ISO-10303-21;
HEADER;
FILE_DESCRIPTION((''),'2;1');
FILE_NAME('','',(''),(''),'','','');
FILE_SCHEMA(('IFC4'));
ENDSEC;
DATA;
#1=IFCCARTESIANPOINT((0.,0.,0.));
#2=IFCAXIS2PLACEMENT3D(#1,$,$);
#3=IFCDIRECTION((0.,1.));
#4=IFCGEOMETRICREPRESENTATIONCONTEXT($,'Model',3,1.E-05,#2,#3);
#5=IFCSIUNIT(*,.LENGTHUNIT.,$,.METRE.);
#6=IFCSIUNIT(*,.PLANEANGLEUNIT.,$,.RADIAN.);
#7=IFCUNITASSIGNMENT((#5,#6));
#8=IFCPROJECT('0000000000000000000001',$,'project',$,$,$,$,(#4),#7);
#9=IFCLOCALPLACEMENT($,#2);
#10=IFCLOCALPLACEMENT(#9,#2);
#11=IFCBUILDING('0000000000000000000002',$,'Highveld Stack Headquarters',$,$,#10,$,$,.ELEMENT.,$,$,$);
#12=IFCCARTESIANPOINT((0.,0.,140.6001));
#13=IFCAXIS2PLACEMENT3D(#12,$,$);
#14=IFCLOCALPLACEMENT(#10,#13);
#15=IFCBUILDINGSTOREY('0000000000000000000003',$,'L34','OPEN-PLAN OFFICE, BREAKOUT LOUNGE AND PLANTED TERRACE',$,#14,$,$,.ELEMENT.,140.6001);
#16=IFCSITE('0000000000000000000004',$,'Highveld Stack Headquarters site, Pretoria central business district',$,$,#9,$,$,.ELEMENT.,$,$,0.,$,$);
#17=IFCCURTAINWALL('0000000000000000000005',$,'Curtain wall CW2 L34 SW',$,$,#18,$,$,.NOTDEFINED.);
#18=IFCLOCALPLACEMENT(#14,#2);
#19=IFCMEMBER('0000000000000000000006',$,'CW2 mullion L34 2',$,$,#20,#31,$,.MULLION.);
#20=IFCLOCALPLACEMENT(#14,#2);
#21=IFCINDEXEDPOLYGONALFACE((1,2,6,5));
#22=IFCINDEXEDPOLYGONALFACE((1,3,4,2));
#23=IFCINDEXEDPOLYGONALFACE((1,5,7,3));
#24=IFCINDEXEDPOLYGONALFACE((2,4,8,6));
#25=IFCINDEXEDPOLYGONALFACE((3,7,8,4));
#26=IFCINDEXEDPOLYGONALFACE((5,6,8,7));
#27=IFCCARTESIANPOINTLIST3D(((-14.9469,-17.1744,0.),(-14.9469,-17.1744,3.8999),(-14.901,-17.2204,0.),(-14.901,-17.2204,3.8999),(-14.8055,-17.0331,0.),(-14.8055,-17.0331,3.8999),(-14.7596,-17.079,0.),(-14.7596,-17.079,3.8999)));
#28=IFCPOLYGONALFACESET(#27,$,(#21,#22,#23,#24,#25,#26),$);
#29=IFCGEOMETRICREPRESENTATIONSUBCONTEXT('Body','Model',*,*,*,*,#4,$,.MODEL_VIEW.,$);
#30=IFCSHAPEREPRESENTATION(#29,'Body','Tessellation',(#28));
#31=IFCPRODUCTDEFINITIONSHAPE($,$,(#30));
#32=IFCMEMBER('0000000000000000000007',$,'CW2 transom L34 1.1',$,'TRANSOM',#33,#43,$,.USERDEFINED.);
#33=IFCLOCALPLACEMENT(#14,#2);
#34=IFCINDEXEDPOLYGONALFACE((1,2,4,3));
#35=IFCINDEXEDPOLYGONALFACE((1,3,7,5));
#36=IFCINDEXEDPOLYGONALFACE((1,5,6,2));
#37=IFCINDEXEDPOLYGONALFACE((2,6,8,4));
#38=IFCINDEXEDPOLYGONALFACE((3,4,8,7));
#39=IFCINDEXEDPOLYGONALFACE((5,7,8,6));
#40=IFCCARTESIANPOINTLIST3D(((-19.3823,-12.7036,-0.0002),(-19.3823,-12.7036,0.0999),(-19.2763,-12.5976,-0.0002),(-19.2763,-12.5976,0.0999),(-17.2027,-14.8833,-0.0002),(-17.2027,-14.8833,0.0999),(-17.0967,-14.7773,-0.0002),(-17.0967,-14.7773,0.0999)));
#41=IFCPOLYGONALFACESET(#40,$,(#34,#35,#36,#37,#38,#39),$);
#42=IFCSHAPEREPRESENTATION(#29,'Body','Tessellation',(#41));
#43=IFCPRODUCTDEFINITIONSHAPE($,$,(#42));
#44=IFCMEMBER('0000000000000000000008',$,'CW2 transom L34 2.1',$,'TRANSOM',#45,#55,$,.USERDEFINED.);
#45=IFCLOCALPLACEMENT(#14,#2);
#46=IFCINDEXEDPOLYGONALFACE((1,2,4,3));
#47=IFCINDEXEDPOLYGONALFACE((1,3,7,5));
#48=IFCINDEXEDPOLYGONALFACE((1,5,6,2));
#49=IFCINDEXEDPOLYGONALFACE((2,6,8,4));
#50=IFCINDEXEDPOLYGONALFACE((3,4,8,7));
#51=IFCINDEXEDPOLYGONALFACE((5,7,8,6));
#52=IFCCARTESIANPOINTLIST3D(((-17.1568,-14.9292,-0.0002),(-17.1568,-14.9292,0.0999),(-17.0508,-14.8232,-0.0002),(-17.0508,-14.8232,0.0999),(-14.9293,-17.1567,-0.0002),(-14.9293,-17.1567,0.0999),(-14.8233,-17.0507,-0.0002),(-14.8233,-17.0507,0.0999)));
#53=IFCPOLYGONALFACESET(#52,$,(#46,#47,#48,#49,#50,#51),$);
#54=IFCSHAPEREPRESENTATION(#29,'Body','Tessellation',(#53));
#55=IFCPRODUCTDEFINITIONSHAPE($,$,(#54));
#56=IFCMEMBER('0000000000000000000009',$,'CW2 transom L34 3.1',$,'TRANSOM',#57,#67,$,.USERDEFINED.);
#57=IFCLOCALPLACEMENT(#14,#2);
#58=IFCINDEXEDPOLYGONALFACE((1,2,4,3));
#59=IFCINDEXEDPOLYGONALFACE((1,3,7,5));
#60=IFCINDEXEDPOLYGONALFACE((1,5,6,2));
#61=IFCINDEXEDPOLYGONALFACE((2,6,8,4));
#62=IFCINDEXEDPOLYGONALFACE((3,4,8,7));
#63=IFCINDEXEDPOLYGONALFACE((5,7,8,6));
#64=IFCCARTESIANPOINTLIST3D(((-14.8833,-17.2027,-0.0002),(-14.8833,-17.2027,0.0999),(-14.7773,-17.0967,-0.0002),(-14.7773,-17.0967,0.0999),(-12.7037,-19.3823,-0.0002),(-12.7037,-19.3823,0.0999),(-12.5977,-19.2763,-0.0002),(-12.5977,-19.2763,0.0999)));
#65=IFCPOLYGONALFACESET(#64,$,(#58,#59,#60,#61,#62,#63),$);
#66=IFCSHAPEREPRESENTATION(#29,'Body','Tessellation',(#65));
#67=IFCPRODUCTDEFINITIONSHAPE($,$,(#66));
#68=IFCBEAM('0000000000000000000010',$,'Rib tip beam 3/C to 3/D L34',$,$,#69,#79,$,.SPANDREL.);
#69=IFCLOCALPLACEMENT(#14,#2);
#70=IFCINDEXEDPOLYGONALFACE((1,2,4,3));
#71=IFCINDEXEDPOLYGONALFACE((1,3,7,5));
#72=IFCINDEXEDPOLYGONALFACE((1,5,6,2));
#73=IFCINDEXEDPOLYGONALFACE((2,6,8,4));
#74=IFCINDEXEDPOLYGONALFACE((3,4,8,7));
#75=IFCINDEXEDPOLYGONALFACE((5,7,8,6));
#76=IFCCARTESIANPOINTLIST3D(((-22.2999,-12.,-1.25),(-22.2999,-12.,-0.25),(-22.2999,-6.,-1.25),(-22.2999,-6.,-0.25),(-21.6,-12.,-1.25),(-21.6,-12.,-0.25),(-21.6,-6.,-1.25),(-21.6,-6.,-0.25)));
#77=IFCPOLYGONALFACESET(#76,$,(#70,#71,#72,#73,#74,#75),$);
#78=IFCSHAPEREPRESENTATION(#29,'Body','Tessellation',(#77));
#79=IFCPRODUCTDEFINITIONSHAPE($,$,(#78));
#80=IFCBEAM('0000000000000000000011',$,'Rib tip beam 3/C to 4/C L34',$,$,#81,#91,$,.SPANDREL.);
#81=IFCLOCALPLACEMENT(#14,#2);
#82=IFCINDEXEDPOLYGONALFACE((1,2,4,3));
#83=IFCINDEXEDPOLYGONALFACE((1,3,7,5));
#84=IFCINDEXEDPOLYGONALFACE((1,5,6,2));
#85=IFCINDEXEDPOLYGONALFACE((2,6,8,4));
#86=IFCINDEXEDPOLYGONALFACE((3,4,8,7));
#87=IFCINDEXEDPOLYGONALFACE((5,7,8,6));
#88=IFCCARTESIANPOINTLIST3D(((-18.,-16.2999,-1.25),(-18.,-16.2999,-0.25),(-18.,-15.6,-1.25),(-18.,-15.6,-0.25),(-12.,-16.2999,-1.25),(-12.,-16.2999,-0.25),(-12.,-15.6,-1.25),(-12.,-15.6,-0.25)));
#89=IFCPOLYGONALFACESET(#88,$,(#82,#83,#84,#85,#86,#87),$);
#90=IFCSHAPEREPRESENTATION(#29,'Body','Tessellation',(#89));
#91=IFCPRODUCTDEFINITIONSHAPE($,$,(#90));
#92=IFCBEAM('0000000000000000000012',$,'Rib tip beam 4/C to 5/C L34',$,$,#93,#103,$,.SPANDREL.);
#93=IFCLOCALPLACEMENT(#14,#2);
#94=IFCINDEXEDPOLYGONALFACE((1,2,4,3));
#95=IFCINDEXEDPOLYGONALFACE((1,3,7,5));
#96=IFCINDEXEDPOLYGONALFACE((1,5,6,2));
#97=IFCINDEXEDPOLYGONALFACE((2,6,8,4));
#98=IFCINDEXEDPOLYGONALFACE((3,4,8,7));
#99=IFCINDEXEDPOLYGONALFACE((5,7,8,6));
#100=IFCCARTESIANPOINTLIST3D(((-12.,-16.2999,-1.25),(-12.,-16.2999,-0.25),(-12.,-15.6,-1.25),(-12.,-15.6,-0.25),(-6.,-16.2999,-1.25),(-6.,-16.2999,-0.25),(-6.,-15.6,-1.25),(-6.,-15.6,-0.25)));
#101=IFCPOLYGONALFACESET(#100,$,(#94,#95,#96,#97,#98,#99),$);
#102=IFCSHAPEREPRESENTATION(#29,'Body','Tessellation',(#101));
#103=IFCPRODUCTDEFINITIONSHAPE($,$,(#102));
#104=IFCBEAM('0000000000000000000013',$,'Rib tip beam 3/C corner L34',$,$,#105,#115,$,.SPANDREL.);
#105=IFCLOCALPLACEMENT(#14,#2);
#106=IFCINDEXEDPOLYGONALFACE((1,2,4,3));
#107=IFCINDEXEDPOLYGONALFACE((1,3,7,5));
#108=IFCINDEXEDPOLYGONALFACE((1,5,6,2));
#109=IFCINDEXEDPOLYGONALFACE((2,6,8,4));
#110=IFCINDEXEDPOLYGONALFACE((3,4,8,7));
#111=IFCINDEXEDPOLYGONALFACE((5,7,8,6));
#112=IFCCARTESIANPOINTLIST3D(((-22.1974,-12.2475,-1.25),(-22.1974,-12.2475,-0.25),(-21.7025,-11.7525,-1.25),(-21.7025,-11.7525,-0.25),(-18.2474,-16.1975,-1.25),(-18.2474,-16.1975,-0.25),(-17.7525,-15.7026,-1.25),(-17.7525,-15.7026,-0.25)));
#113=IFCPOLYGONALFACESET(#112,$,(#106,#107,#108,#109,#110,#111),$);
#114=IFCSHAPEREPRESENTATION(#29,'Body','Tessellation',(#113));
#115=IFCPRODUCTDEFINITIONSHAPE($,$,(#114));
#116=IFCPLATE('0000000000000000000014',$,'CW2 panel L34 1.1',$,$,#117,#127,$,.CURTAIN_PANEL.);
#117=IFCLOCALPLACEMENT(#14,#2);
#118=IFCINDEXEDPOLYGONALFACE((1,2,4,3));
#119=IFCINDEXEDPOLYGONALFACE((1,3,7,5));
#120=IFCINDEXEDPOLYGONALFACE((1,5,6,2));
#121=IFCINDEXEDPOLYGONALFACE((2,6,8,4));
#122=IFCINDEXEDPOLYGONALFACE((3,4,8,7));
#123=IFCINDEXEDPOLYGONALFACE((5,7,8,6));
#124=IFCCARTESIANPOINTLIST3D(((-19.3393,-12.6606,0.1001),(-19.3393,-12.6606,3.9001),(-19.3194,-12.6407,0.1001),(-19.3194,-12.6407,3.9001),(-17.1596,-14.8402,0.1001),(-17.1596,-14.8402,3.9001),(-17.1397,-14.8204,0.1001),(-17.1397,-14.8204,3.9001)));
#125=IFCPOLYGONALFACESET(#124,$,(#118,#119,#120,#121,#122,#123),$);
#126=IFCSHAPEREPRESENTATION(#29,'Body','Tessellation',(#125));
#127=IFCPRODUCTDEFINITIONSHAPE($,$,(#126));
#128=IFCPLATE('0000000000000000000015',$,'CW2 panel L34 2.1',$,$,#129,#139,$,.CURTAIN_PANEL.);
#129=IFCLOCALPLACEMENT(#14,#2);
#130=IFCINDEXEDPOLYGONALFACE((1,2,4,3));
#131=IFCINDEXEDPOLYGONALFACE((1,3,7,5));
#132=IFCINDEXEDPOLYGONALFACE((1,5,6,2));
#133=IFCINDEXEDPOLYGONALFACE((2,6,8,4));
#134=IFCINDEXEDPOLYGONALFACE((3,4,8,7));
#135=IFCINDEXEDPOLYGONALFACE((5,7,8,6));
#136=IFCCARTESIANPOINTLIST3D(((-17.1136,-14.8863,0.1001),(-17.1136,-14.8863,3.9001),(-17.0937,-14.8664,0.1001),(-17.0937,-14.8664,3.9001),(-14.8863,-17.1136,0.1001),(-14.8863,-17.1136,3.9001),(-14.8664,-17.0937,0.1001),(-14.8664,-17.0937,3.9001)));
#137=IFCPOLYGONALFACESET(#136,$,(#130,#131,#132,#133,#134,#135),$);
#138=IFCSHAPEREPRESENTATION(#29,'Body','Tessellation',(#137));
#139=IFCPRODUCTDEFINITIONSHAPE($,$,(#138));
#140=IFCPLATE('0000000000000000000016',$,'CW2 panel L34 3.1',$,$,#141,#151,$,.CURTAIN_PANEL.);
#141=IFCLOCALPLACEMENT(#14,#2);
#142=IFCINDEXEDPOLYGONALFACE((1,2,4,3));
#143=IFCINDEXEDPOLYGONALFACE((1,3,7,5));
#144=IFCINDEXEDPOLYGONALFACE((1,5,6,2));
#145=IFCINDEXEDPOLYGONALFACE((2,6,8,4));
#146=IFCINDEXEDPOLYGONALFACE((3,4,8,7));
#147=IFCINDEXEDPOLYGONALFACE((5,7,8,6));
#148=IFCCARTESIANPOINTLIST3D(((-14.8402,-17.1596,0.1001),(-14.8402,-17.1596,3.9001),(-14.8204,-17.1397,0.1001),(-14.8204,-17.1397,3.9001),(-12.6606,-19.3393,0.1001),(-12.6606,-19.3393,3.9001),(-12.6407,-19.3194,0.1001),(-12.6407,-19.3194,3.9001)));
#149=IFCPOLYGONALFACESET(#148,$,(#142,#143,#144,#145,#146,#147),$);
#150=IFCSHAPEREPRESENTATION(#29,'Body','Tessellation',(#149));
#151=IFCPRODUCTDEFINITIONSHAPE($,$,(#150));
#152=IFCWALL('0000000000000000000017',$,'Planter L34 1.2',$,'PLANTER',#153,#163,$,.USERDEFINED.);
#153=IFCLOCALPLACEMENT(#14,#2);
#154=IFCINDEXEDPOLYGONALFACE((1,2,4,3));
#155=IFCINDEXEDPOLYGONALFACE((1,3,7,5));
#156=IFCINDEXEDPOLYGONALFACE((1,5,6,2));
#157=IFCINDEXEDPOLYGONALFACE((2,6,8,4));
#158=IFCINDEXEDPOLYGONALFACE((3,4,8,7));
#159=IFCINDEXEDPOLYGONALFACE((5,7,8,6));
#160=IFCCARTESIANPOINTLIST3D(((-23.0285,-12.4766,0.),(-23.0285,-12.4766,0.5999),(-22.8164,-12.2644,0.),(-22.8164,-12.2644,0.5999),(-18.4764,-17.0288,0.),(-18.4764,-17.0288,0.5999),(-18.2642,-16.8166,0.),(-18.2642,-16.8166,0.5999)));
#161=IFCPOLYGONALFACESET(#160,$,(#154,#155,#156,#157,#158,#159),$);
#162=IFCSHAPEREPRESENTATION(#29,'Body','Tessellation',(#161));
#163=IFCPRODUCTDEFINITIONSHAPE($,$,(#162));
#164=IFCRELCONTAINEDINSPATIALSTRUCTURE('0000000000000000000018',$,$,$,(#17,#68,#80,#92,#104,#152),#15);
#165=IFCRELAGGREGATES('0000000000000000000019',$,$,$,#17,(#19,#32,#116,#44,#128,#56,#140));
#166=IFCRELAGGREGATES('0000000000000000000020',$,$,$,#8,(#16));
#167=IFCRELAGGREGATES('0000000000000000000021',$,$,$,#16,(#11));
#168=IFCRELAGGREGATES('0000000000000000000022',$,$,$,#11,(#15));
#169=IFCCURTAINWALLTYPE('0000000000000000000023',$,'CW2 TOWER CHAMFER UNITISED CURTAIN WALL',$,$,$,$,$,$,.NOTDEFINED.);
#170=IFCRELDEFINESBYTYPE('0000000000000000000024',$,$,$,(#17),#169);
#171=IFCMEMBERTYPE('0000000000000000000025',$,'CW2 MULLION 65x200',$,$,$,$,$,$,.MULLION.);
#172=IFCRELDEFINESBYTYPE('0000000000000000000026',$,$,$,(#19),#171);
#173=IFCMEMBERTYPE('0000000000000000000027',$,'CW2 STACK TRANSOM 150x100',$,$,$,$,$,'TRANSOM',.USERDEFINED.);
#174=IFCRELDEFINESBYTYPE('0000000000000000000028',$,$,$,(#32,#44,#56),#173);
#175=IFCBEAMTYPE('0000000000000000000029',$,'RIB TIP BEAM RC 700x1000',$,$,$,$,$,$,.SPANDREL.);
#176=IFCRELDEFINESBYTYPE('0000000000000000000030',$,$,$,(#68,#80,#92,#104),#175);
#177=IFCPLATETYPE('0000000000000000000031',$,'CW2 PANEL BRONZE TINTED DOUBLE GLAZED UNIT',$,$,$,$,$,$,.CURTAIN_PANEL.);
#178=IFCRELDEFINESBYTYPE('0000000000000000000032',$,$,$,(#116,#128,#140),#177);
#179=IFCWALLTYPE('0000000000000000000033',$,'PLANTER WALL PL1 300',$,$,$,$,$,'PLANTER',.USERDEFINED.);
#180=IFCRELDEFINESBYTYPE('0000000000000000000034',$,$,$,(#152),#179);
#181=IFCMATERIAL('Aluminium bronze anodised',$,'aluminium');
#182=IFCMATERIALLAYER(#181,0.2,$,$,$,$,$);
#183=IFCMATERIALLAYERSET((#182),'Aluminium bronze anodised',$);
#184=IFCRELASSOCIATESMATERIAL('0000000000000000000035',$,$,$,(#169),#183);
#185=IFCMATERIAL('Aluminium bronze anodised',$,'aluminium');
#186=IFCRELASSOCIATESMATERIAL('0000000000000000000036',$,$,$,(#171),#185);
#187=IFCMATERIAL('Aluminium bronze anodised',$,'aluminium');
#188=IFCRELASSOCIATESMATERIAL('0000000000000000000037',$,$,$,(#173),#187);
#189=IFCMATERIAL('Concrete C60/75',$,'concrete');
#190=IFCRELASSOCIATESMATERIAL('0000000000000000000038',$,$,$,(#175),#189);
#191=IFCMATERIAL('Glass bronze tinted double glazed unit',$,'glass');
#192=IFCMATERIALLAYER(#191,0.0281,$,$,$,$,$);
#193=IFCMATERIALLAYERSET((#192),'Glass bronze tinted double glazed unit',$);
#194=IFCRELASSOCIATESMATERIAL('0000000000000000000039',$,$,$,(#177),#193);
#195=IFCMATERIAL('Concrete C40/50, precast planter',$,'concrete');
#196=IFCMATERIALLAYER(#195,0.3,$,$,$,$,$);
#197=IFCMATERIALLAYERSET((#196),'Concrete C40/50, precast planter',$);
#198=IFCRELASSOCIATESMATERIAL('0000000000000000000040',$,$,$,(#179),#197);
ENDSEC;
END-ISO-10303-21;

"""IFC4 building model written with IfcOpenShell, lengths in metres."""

from ifc_helpers import new_model, si_unit, direction, frame, frame_2d, origin, origin_2d, place, context, subcontext, project, spatial, rectangle, extrude, material, layer, layer_set, material_profile, profile_set, type_object, element, aggregate, save


model = new_model("IFC4")

# Units and contexts
model_context = context("Model", 3, precision=1e-05, world=origin(), true_north=direction((0.0, 1.0)))
body_context = subcontext(model_context, "Body", "Model", "MODEL_VIEW")
ifc_project = project(units=[si_unit("LENGTHUNIT", "METRE"), si_unit("PLANEANGLEUNIT", "RADIAN")], contexts=[model_context])

# Site, building, storey
site_placement = place(None, origin())
site = spatial("IfcSite", under=ifc_project, at=site_placement, Name="Highveld Stack Headquarters site, Pretoria central business district", CompositionType="ELEMENT", RefElevation=0.0)
building_placement = place(site_placement, origin())
building = spatial("IfcBuilding", under=site, at=building_placement, Name="Highveld Stack Headquarters", CompositionType="ELEMENT")
storey_placement = place(building_placement, frame((0.0, 0.0, 140.6001)))
storey = spatial("IfcBuildingStorey", under=building, at=storey_placement, Name="L34", Description="OPEN-PLAN OFFICE, BREAKOUT LOUNGE AND PLANTED TERRACE", CompositionType="ELEMENT", Elevation=140.6001)

# Curtain wall, members
ifc_material_1 = material(Name="Aluminium bronze anodised", Category="aluminium")
ifc_layer_1 = layer(ifc_material_1, 0.2)
ifc_layer_set_1 = layer_set([ifc_layer_1], Name="Aluminium bronze anodised")
curtain_wall_type_1 = type_object("IfcCurtainWallType", Name="CW2 TOWER CHAMFER UNITISED CURTAIN WALL", PredefinedType="NOTDEFINED", material=ifc_layer_set_1)
curtain_wall_1_placement = place(storey_placement, origin())
curtain_wall_1 = element("IfcCurtainWall", 1, at=curtain_wall_1_placement, inside=storey, type_object=curtain_wall_type_1, Name="Curtain wall CW2 L34 SW", PredefinedType="NOTDEFINED")
ifc_material_2 = material(Name="Aluminium bronze anodised", Category="aluminium")
ifc_material_profile_1 = material_profile(ifc_material_2, rectangle(XDim=0.2, YDim=0.0649, at=origin_2d()), Name="CW2 MULLION 65x200")
ifc_profile_set_1 = profile_set([ifc_material_profile_1], Name="Aluminium bronze anodised")
member_type_1 = type_object("IfcMemberType", Name="CW2 MULLION 65x200", PredefinedType="MULLION", material=ifc_profile_set_1)
member_1_placement = place(storey_placement, frame((-14.8533, -17.1267, 0.0), z_axis=(0.0, 0.0, 1.0), x_axis=(0.707107, 0.707107, 0.0)))
member_1 = element("IfcMember", 2, at=member_1_placement, type_object=member_type_1, Name="CW2 mullion L34 2", PredefinedType="MULLION", context=body_context, shape_type="SweptSolid", body=[
    extrude(rectangle(XDim=0.2, YDim=0.0649, at=origin_2d()), origin(), (0.0, 0.0, 1.0), 3.8999),
])
ifc_material_3 = material(Name="Aluminium bronze anodised", Category="aluminium")
ifc_material_profile_2 = material_profile(ifc_material_3, rectangle(XDim=0.1499, YDim=0.1001, at=origin_2d()), Name="CW2 TRANSOM 150x100")
ifc_profile_set_2 = profile_set([ifc_material_profile_2], Name="Aluminium bronze anodised")
member_type_2 = type_object("IfcMemberType", Name="CW2 STACK TRANSOM 150x100", ElementType="TRANSOM", PredefinedType="USERDEFINED", material=ifc_profile_set_2)
member_2_placement = place(storey_placement, frame((-19.3293, -12.6506, 0.0498), z_axis=(0.707107, -0.707107, 0.0), x_axis=(0.707107, 0.707107, 0.0)))
member_2 = element("IfcMember", 3, at=member_2_placement, type_object=member_type_2, Name="CW2 transom L34 1.1", ObjectType="TRANSOM", PredefinedType="USERDEFINED", context=body_context, shape_type="SweptSolid", body=[
    extrude(rectangle(XDim=0.1499, YDim=0.1001, at=origin_2d()), origin(), (0.0, 0.0, 1.0), 3.0825),
])
member_3_placement = place(storey_placement, frame((-17.1038, -14.8762, 0.0498), z_axis=(0.707107, -0.707107, 0.0), x_axis=(0.707107, 0.707107, 0.0)))
member_3 = element("IfcMember", 4, at=member_3_placement, type_object=member_type_2, Name="CW2 transom L34 2.1", ObjectType="TRANSOM", PredefinedType="USERDEFINED", context=body_context, shape_type="SweptSolid", body=[
    extrude(rectangle(XDim=0.1499, YDim=0.1001, at=origin_2d()), origin(), (0.0, 0.0, 1.0), 3.1501),
])
member_4_placement = place(storey_placement, frame((-14.8303, -17.1497, 0.0498), z_axis=(0.707107, -0.707107, 0.0), x_axis=(0.707107, 0.707107, 0.0)))
member_4 = element("IfcMember", 5, at=member_4_placement, type_object=member_type_2, Name="CW2 transom L34 3.1", ObjectType="TRANSOM", PredefinedType="USERDEFINED", context=body_context, shape_type="SweptSolid", body=[
    extrude(rectangle(XDim=0.1499, YDim=0.1001, at=origin_2d()), origin(), (0.0, 0.0, 1.0), 3.0825),
])

# Beams
ifc_material_4 = material(Name="Concrete C60/75", Category="concrete")
ifc_material_profile_3 = material_profile(ifc_material_4, rectangle(XDim=0.7, YDim=1.0, at=origin_2d()), Name="RC 700x1000")
ifc_profile_set_3 = profile_set([ifc_material_profile_3], Name="Concrete C60/75")
beam_type_1 = type_object("IfcBeamType", Name="RIB TIP BEAM RC 700x1000", PredefinedType="SPANDREL", material=ifc_profile_set_3)
for number, where, z_axis, x_axis, name in (
    (6, (-21.95, -12.0, -0.75), (0.0, 1.0, 0.0), (-1.0, 0.0, 0.0), "Rib tip beam 3/C to 3/D L34"),
    (7, (-18.0, -15.95, -0.75), (1.0, 0.0, 0.0), (0.0, 1.0, 0.0), "Rib tip beam 3/C to 4/C L34"),
    (8, (-12.0, -15.95, -0.75), (1.0, 0.0, 0.0), (0.0, 1.0, 0.0), "Rib tip beam 4/C to 5/C L34"),
):
    element("IfcBeam", number, at=place(storey_placement, frame(where, z_axis=z_axis, x_axis=x_axis)), inside=storey, type_object=beam_type_1, Name=name, PredefinedType="SPANDREL", context=body_context, shape_type="SweptSolid", body=[
        extrude(rectangle(XDim=0.7, YDim=1.0, at=origin_2d()), origin(), (0.0, 0.0, 1.0), 6.0),
    ])
beam_1_placement = place(storey_placement, frame((-21.95, -12.0, -0.75), z_axis=(0.707107, -0.707107, 0.0), x_axis=(0.707107, 0.707107, 0.0)))
element("IfcBeam", 9, at=beam_1_placement, inside=storey, type_object=beam_type_1, Name="Rib tip beam 3/C corner L34", PredefinedType="SPANDREL", context=body_context, shape_type="SweptSolid", body=[
    extrude(rectangle(XDim=0.7, YDim=1.0, at=origin_2d()), origin(), (0.0, 0.0, 1.0), 5.5862),
])

# Plates
ifc_material_5 = material(Name="Glass bronze tinted double glazed unit", Category="glass")
ifc_layer_2 = layer(ifc_material_5, 0.0281)
ifc_layer_set_2 = layer_set([ifc_layer_2], Name="Glass bronze tinted double glazed unit")
plate_type = type_object("IfcPlateType", Name="CW2 PANEL BRONZE TINTED DOUBLE GLAZED UNIT", PredefinedType="CURTAIN_PANEL", material=ifc_layer_set_2)
plate_1_placement = place(storey_placement, frame((-18.2395, -13.7405, 0.1001), z_axis=(0.0, 0.0, 1.0), x_axis=(0.707107, -0.707107, 0.0)))
plate_1 = element("IfcPlate", 10, at=plate_1_placement, type_object=plate_type, Name="CW2 panel L34 1.1", PredefinedType="CURTAIN_PANEL", context=body_context, shape_type="SweptSolid", body=[
    extrude(rectangle(XDim=3.0825, YDim=0.0281, at=origin_2d()), origin(), (0.0, 0.0, 1.0), 3.8),
])
plate_2_placement = place(storey_placement, frame((-15.99, -15.99, 0.1001), z_axis=(0.0, 0.0, 1.0), x_axis=(0.707107, -0.707107, 0.0)))
plate_2 = element("IfcPlate", 11, at=plate_2_placement, type_object=plate_type, Name="CW2 panel L34 2.1", PredefinedType="CURTAIN_PANEL", context=body_context, shape_type="SweptSolid", body=[
    extrude(rectangle(XDim=3.1499, YDim=0.0281, at=origin_2d()), origin(), (0.0, 0.0, 1.0), 3.8),
])
plate_3_placement = place(storey_placement, frame((-13.7405, -18.2395, 0.1001), z_axis=(0.0, 0.0, 1.0), x_axis=(0.707107, -0.707107, 0.0)))
plate_3 = element("IfcPlate", 12, at=plate_3_placement, type_object=plate_type, Name="CW2 panel L34 3.1", PredefinedType="CURTAIN_PANEL", context=body_context, shape_type="SweptSolid", body=[
    extrude(rectangle(XDim=3.0825, YDim=0.0281, at=origin_2d()), origin(), (0.0, 0.0, 1.0), 3.8),
])
aggregate(curtain_wall_1, [member_1, member_2, plate_1, member_3, plate_2, member_4, plate_3])

# Wall
ifc_material_6 = material(Name="Concrete C40/50, precast planter", Category="concrete")
ifc_layer_3 = layer(ifc_material_6, 0.3)
ifc_layer_set_3 = layer_set([ifc_layer_3], Name="Concrete C40/50, precast planter")
wall_type = type_object("IfcWallType", Name="PLANTER WALL PL1 300", ElementType="PLANTER", PredefinedType="USERDEFINED", material=ifc_layer_set_3)
wall_placement = place(storey_placement, frame((-18.3704, -16.9226, 0.0), z_axis=(0.0, 0.0, 1.0), x_axis=(-0.707107, 0.707107, 0.0)))
element("IfcWall", 13, at=wall_placement, inside=storey, type_object=wall_type, Name="Planter L34 1.2", ObjectType="PLANTER", PredefinedType="USERDEFINED", context=body_context, shape_type="SweptSolid", body=[
    extrude(rectangle(XDim=6.4377, YDim=0.3, at=frame_2d((3.2188, 0.0))), origin(), (0.0, 0.0, 1.0), 0.5999),
])

save(model, "model.ifc")
